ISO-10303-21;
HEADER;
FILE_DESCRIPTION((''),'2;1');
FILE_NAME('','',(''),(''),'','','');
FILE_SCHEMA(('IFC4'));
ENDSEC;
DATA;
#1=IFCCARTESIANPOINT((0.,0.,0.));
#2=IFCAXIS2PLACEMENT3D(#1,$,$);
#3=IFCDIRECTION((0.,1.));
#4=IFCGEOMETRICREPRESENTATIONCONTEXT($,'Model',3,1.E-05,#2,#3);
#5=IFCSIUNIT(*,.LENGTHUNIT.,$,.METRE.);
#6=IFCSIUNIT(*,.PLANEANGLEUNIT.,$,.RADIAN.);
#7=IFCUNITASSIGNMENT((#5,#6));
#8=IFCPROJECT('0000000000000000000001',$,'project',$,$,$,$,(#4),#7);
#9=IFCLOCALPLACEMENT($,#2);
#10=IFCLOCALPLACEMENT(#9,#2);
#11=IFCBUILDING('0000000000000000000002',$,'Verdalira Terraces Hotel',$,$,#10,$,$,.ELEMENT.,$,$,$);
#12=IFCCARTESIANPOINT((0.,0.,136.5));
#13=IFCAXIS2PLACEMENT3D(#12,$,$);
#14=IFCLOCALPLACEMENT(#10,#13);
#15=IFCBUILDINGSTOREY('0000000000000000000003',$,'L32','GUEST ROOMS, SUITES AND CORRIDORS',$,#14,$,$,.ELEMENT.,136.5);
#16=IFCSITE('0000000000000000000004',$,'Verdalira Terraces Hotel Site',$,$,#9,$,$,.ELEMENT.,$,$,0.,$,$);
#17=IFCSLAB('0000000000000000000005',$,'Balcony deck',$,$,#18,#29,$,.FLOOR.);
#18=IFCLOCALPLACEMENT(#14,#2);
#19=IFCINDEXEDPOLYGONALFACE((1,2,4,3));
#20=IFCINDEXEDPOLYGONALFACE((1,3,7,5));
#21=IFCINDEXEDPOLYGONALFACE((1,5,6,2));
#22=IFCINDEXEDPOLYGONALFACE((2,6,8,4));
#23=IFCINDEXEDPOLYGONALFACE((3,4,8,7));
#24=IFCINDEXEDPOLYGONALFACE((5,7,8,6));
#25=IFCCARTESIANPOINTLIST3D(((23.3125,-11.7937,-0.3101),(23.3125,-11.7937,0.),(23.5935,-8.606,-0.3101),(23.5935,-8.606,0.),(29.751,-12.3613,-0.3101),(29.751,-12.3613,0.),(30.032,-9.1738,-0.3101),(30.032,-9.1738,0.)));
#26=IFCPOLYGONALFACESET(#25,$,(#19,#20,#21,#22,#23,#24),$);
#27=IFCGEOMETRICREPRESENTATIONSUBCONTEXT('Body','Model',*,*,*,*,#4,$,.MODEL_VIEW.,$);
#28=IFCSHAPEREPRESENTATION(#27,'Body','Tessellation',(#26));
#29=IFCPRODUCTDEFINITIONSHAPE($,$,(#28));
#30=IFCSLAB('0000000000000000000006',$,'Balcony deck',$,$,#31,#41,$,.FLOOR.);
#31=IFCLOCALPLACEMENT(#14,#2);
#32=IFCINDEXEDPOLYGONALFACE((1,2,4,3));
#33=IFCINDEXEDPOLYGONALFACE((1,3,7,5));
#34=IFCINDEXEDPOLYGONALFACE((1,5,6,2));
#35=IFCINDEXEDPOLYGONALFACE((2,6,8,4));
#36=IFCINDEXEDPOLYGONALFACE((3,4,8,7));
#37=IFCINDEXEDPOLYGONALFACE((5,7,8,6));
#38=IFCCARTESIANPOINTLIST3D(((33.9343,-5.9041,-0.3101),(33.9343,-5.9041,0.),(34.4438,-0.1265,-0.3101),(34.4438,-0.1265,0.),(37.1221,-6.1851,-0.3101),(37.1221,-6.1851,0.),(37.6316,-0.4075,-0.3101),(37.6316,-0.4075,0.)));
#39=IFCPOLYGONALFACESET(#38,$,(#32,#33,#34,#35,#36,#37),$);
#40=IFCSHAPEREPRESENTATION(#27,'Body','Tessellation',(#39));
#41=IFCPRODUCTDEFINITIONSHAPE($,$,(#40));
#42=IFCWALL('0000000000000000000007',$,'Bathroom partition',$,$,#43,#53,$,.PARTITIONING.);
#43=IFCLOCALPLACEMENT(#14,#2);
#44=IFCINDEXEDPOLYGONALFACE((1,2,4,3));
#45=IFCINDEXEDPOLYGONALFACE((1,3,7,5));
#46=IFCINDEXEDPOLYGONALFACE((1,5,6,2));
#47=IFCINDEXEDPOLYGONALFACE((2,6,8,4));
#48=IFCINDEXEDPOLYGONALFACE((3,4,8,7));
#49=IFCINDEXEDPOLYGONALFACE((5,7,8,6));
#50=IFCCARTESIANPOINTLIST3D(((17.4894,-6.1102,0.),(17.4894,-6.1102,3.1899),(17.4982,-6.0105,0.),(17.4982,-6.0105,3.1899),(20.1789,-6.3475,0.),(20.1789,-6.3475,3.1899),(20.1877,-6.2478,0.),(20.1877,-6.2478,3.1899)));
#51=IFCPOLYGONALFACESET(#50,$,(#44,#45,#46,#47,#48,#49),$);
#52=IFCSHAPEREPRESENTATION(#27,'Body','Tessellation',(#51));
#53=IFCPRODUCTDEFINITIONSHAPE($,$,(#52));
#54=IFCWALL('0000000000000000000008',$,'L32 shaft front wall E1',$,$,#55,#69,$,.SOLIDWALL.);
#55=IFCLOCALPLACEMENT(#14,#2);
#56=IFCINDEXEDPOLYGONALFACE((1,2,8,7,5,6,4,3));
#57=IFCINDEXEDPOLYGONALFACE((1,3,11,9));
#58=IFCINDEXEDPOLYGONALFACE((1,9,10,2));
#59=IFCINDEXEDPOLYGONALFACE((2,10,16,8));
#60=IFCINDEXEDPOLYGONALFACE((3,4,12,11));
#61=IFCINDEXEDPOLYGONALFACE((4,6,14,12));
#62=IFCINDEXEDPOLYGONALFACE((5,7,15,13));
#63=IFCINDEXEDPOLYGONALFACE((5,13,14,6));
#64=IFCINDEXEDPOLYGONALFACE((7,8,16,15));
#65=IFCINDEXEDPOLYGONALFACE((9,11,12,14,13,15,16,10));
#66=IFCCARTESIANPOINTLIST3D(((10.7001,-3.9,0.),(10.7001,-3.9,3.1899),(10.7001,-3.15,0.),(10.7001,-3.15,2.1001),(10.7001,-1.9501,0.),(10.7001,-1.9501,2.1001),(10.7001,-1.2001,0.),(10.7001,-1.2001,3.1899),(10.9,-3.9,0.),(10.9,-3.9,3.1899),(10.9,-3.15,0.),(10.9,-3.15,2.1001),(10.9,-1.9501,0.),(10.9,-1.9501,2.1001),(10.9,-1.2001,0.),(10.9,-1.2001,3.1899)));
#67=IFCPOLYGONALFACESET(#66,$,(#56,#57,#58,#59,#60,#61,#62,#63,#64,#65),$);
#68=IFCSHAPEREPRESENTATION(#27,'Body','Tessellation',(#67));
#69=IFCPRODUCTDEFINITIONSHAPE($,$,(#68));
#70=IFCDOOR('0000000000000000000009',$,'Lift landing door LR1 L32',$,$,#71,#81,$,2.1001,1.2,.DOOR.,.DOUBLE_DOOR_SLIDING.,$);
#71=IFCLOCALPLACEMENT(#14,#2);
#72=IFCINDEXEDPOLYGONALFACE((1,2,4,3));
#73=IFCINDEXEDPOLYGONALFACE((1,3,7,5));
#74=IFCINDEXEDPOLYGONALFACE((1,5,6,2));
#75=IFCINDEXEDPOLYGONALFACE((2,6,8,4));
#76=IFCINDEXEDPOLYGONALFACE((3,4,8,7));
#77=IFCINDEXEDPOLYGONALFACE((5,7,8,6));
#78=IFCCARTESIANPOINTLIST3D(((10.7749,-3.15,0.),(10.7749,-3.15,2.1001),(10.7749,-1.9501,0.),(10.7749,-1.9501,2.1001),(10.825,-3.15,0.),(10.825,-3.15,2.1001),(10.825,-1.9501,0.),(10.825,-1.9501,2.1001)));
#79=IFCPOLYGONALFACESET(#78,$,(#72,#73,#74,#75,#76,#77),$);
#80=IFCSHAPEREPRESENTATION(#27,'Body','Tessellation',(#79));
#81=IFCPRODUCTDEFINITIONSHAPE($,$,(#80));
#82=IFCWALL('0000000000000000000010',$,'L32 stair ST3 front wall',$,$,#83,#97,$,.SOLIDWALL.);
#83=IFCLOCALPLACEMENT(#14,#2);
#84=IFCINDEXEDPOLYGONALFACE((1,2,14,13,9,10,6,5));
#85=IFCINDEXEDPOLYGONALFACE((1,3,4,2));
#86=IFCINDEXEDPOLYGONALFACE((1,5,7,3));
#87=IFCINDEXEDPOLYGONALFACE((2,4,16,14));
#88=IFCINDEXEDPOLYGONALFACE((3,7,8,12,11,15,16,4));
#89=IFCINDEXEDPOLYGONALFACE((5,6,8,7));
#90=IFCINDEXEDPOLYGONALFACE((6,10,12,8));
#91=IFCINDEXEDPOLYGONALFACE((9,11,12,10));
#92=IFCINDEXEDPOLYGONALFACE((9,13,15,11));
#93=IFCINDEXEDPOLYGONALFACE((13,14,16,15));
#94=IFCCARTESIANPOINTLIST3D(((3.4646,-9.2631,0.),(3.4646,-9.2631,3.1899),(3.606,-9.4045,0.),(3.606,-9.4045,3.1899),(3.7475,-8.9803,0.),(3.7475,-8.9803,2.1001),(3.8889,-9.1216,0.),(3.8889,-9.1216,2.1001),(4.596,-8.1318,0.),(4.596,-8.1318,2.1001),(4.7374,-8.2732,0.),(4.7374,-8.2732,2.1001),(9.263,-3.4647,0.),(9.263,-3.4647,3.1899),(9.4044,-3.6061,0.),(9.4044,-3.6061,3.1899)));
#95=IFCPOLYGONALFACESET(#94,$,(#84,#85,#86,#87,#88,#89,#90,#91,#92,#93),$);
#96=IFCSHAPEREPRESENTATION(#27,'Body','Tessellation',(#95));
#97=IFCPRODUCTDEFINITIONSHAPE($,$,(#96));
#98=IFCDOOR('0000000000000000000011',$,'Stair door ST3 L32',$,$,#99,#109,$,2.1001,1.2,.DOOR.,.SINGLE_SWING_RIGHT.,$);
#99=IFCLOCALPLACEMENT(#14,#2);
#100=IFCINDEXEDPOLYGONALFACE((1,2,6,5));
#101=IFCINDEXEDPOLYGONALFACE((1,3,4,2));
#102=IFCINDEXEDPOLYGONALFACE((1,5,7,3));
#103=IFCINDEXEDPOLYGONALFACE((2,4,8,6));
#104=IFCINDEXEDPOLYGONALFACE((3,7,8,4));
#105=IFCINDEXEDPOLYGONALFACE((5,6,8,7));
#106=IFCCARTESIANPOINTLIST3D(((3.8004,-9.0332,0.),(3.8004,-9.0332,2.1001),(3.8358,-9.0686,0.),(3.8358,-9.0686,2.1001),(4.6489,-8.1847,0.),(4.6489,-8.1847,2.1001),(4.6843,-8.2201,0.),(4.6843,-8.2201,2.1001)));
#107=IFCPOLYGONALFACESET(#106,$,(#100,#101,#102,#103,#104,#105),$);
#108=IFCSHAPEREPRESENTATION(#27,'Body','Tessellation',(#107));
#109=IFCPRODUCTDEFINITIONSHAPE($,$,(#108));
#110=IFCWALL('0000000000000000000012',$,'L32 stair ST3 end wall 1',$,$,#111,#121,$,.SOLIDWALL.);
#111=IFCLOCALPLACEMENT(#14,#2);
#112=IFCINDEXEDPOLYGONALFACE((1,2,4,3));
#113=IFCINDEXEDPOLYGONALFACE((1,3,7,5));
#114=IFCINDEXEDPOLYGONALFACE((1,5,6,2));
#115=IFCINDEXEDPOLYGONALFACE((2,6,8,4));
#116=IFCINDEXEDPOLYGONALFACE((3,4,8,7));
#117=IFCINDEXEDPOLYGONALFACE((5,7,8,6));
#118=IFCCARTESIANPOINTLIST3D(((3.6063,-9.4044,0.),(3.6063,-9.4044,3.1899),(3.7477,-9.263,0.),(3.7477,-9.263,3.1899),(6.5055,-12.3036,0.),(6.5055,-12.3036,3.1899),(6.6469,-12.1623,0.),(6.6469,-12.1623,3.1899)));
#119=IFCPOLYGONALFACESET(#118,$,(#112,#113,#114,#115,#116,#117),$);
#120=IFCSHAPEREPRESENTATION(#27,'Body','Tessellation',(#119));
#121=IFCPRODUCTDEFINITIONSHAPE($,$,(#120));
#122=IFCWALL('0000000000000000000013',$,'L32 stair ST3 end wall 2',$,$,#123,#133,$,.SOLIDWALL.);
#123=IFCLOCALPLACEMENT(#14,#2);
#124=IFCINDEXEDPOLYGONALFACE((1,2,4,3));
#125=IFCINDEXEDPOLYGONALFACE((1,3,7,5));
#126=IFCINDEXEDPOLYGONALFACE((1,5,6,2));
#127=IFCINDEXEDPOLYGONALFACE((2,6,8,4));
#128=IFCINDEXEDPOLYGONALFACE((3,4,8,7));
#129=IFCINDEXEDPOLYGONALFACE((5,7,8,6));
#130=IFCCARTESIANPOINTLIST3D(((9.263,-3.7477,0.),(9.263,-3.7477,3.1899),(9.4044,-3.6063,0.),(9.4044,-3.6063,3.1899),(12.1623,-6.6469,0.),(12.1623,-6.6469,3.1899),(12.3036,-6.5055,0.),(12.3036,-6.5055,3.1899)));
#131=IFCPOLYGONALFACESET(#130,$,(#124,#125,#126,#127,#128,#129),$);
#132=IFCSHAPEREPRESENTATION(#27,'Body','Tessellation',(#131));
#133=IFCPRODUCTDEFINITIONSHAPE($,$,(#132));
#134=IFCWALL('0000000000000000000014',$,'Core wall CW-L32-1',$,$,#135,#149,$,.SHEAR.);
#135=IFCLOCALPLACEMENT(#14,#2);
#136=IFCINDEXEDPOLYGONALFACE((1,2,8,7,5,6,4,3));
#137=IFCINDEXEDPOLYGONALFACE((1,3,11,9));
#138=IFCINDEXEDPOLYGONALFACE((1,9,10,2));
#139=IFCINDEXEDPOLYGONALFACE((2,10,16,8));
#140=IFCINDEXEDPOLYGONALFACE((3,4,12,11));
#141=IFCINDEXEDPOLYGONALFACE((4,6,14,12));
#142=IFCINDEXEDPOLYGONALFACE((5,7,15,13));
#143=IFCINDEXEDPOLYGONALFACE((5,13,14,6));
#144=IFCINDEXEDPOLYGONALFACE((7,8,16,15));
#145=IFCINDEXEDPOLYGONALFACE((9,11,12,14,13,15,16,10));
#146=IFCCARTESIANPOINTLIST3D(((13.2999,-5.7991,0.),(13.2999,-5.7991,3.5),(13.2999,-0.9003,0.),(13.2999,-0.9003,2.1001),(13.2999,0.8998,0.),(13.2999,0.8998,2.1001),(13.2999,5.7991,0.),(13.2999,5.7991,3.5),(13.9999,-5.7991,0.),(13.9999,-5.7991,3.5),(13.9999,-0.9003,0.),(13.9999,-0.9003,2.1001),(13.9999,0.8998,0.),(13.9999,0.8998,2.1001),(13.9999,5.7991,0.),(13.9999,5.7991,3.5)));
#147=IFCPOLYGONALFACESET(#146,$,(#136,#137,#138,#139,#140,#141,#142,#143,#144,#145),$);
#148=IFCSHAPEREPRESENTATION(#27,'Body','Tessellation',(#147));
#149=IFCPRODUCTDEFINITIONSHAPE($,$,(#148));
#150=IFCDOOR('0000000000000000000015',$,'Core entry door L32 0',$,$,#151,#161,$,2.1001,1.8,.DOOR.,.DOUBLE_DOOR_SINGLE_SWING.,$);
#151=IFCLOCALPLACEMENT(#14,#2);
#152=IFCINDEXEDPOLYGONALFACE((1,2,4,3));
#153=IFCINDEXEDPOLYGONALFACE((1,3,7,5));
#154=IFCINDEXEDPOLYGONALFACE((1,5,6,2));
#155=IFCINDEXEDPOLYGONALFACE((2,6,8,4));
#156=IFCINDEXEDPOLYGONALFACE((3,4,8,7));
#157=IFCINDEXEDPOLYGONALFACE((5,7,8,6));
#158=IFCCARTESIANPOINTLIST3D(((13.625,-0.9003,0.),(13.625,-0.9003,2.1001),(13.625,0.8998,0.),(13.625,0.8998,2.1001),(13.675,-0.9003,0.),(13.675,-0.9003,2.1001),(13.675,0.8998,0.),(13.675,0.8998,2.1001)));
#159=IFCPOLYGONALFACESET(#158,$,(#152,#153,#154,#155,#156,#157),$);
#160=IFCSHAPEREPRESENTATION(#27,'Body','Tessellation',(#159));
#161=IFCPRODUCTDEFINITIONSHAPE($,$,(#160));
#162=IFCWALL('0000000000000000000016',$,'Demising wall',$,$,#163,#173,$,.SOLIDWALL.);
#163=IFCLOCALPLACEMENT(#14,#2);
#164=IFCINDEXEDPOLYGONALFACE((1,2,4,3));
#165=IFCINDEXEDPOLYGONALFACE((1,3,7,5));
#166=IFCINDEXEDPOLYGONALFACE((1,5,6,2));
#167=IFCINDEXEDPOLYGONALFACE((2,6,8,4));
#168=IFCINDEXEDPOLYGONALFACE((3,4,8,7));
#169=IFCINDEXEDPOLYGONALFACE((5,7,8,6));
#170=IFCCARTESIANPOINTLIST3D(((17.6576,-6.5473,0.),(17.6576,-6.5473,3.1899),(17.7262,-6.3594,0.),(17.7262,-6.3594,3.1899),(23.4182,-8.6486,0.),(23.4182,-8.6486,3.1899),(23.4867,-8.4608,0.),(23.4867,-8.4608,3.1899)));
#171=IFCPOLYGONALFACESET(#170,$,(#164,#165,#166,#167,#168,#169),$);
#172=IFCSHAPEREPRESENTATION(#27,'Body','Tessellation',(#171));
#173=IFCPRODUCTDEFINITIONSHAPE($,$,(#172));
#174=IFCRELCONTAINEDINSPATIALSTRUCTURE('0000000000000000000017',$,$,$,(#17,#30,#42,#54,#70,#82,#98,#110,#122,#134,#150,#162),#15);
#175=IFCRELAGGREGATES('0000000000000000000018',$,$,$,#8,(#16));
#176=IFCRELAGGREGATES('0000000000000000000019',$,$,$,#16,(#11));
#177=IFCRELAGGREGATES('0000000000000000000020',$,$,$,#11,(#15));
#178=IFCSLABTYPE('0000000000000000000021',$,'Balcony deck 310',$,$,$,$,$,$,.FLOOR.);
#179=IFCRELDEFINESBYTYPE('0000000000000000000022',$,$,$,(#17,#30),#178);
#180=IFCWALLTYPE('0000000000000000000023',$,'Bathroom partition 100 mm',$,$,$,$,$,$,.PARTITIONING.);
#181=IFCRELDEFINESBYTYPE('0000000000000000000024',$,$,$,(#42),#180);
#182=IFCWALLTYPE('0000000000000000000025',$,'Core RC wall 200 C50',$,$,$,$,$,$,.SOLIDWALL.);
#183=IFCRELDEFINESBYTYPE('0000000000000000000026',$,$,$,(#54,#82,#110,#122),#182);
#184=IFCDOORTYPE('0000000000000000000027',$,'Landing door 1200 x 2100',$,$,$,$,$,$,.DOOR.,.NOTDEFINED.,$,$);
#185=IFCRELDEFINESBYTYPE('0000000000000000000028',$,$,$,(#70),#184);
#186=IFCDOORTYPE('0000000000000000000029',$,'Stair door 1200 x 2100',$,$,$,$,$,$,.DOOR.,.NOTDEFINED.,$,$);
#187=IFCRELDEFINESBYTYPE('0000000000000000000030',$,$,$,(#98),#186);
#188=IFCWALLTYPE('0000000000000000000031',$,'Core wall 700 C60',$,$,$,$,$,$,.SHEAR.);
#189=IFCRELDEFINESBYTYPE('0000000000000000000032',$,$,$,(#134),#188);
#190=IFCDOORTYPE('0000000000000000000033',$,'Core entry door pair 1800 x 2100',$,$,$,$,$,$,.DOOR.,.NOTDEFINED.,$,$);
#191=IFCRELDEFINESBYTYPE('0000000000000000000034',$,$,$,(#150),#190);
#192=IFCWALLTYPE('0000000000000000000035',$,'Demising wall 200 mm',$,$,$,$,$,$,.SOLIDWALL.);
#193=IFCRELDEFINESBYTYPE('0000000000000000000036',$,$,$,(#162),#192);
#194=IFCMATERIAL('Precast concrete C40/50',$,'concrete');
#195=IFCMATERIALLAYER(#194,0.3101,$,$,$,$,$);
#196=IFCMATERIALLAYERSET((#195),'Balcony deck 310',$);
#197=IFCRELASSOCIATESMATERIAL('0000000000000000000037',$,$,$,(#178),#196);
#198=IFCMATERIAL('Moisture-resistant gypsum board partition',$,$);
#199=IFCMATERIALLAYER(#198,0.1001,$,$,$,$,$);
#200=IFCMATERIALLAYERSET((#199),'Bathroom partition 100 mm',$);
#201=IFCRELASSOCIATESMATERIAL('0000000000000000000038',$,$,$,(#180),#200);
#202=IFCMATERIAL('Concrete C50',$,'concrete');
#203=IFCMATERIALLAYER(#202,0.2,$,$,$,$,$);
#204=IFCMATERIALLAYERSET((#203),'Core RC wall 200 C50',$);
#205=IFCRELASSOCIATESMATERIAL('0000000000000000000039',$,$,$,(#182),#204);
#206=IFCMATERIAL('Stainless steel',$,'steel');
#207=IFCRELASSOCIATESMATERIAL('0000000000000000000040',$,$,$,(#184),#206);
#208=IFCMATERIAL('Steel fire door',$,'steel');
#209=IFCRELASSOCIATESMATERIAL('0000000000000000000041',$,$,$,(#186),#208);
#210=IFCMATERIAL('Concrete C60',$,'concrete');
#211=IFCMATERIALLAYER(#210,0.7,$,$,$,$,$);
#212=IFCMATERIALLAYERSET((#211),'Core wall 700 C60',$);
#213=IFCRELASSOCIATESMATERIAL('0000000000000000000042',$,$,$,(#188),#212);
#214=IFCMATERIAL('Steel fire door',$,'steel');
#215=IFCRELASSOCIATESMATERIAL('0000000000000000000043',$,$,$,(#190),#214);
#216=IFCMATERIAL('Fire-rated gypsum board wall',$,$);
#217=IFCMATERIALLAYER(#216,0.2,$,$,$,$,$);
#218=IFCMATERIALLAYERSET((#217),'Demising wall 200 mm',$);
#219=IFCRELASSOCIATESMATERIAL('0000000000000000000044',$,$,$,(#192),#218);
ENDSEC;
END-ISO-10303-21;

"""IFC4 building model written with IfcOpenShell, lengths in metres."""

from ifc_helpers import new_model, si_unit, direction, frame, frame_2d, origin, place, context, subcontext, project, spatial, polyline, rectangle, outline, extrude, material, layer, layer_set, type_object, element, fill, save


model = new_model("IFC4")

# Units and contexts
model_context = context("Model", 3, precision=1e-05, world=origin(), true_north=direction((0.0, 1.0)))
body_context = subcontext(model_context, "Body", "Model", "MODEL_VIEW")
ifc_project = project(units=[si_unit("LENGTHUNIT", "METRE"), si_unit("PLANEANGLEUNIT", "RADIAN")], contexts=[model_context])

# Site, building, storey
site_placement = place(None, origin())
site = spatial("IfcSite", under=ifc_project, at=site_placement, Name="Verdalira Terraces Hotel Site", CompositionType="ELEMENT", RefElevation=0.0)
building_placement = place(site_placement, origin())
building = spatial("IfcBuilding", under=site, at=building_placement, Name="Verdalira Terraces Hotel", CompositionType="ELEMENT")
storey_placement = place(building_placement, frame((0.0, 0.0, 136.5)))
storey = spatial("IfcBuildingStorey", under=building, at=storey_placement, Name="L32", Description="GUEST ROOMS, SUITES AND CORRIDORS", CompositionType="ELEMENT", Elevation=136.5)

# Slabs
ifc_material_1 = material(Name="Precast concrete C40/50", Category="concrete")
ifc_layer_1 = layer(ifc_material_1, 0.3101)
ifc_layer_set_1 = layer_set([ifc_layer_1], Name="Balcony deck 310")
slab_type = type_object("IfcSlabType", Name="Balcony deck 310", PredefinedType="FLOOR", material=ifc_layer_set_1)
slab_1_placement = place(storey_placement, frame((0.0, 0.0, -0.3101)))
element("IfcSlab", 1, at=slab_1_placement, inside=storey, type_object=slab_type, Name="Balcony deck", PredefinedType="FLOOR", context=body_context, shape_type="SweptSolid", body=[
    extrude(outline(polyline([(29.751, -12.3613), (30.032, -9.1738), (23.5935, -8.606), (23.3125, -11.7937), (29.751, -12.3613)])), origin(), (0.0, 0.0, 1.0), 0.3101),
])
slab_2_placement = place(storey_placement, frame((0.0, 0.0, -0.3101)))
element("IfcSlab", 2, at=slab_2_placement, inside=storey, type_object=slab_type, Name="Balcony deck", PredefinedType="FLOOR", context=body_context, shape_type="SweptSolid", body=[
    extrude(outline(polyline([(37.6316, -0.4075), (34.4438, -0.1265), (33.9343, -5.9041), (37.1221, -6.1851), (37.6316, -0.4075)])), origin(), (0.0, 0.0, 1.0), 0.3101),
])

# Wall
ifc_material_2 = material(Name="Moisture-resistant gypsum board partition")
ifc_layer_2 = layer(ifc_material_2, 0.1001)
ifc_layer_set_2 = layer_set([ifc_layer_2], Name="Bathroom partition 100 mm")
wall_type_1 = type_object("IfcWallType", Name="Bathroom partition 100 mm", PredefinedType="PARTITIONING", material=ifc_layer_set_2)
wall_1_placement = place(storey_placement, frame((17.4937, -6.0603, 0.0), z_axis=(0.0, 0.0, 1.0), x_axis=(0.99613, -0.087894, 0.0)))
element("IfcWall", 3, at=wall_1_placement, inside=storey, type_object=wall_type_1, Name="Bathroom partition", PredefinedType="PARTITIONING", context=body_context, shape_type="SweptSolid", body=[
    extrude(rectangle(XDim=2.7, YDim=0.1001, at=frame_2d((1.3501, 0.0))), origin(), (0.0, 0.0, 1.0), 3.1899),
])

# Walls, openings, doors
ifc_material_3 = material(Name="Concrete C50", Category="concrete")
ifc_layer_3 = layer(ifc_material_3, 0.2)
ifc_layer_set_3 = layer_set([ifc_layer_3], Name="Core RC wall 200 C50")
wall_type_2 = type_object("IfcWallType", Name="Core RC wall 200 C50", PredefinedType="SOLIDWALL", material=ifc_layer_set_3)
wall_2_placement = place(storey_placement, frame((10.8, -1.2, 0.0), z_axis=(0.0, 0.0, 1.0), x_axis=(0.0, -1.0, 0.0)))
wall_2 = element("IfcWall", 4, at=wall_2_placement, inside=storey, type_object=wall_type_2, Name="L32 shaft front wall E1", PredefinedType="SOLIDWALL", context=body_context, shape_type="SweptSolid", body=[
    extrude(rectangle(XDim=2.7, YDim=0.2, at=frame_2d((1.3501, 0.0))), origin(), (0.0, 0.0, 1.0), 3.1899),
])
opening_1_placement = place(wall_2_placement, frame((0.75, 0.0, 0.0)))
opening_1 = element("IfcOpeningElement", 5, at=opening_1_placement, cuts=wall_2, PredefinedType="OPENING", context=body_context, shape_type="SweptSolid", body=[
    extrude(rectangle(XDim=1.2, YDim=2.1001, at=frame_2d((0.6001, 1.05))), frame((0.0, 0.1099, 0.0), z_axis=(0.0, -1.0, 0.0), x_axis=(1.0, 0.0, 0.0)), (0.0, 0.0, 1.0), 0.22),
])
ifc_material_4 = material(Name="Stainless steel", Category="steel")
door_type_1 = type_object("IfcDoorType", Name="Landing door 1200 x 2100", OperationType="NOTDEFINED", PredefinedType="DOOR", material=ifc_material_4)
door_1_placement = place(opening_1_placement, origin())
door_1 = element("IfcDoor", 6, at=door_1_placement, inside=storey, type_object=door_type_1, Name="Lift landing door LR1 L32", OperationType="DOUBLE_DOOR_SLIDING", OverallHeight=2.1001, OverallWidth=1.2, PredefinedType="DOOR", context=body_context, shape_type="SweptSolid", body=[
    extrude(rectangle(XDim=1.2, YDim=2.1001, at=frame_2d((0.6001, 1.05))), frame((0.0, 0.0249, 0.0), z_axis=(0.0, -1.0, 0.0), x_axis=(1.0, 0.0, 0.0)), (0.0, 0.0, 1.0), 0.05),
])
fill(opening_1, door_1)
wall_3_placement = place(storey_placement, frame((9.3337, -3.5354, 0.0), z_axis=(0.0, 0.0, 1.0), x_axis=(-0.707107, -0.707107, 0.0)))
wall_3 = element("IfcWall", 7, at=wall_3_placement, inside=storey, type_object=wall_type_2, Name="L32 stair ST3 front wall", PredefinedType="SOLIDWALL", context=body_context, shape_type="SweptSolid", body=[
    extrude(rectangle(XDim=8.2002, YDim=0.2, at=frame_2d((4.1001, 0.0))), origin(), (0.0, 0.0, 1.0), 3.1899),
])
opening_2_placement = place(wall_3_placement, frame((6.6001, 0.0, 0.0)))
opening_2 = element("IfcOpeningElement", 8, at=opening_2_placement, cuts=wall_3, PredefinedType="OPENING", context=body_context, shape_type="SweptSolid", body=[
    extrude(rectangle(XDim=1.2, YDim=2.1001, at=frame_2d((0.6001, 1.05))), frame((0.0, 0.1099, 0.0), z_axis=(0.0, -1.0, 0.0), x_axis=(1.0, 0.0, 0.0)), (0.0, 0.0, 1.0), 0.22),
])
ifc_material_5 = material(Name="Steel fire door", Category="steel")
door_type_2 = type_object("IfcDoorType", Name="Stair door 1200 x 2100", OperationType="NOTDEFINED", PredefinedType="DOOR", material=ifc_material_5)
door_2_placement = place(opening_2_placement, origin())
door_2 = element("IfcDoor", 9, at=door_2_placement, inside=storey, type_object=door_type_2, Name="Stair door ST3 L32", OperationType="SINGLE_SWING_RIGHT", OverallHeight=2.1001, OverallWidth=1.2, PredefinedType="DOOR", context=body_context, shape_type="SweptSolid", body=[
    extrude(rectangle(XDim=1.2, YDim=2.1001, at=frame_2d((0.6001, 1.05))), frame((0.0, 0.0249, 0.0), z_axis=(0.0, -1.0, 0.0), x_axis=(1.0, 0.0, 0.0)), (0.0, 0.0, 1.0), 0.05),
])
fill(opening_2, door_2)

# Walls
for number, where, z_axis, x_axis, name in (
    (10, (3.677, -9.3337, 0.0), (0.0, 0.0, 1.0), (0.707107, -0.707107, 0.0), "L32 stair ST3 end wall 1"),
    (11, (9.3337, -3.677, 0.0), (0.0, 0.0, 1.0), (0.707107, -0.707107, 0.0), "L32 stair ST3 end wall 2"),
):
    element("IfcWall", number, at=place(storey_placement, frame(where, z_axis=z_axis, x_axis=x_axis)), inside=storey, type_object=wall_type_2, Name=name, PredefinedType="SOLIDWALL", context=body_context, shape_type="SweptSolid", body=[
        extrude(rectangle(XDim=4.1001, YDim=0.2, at=frame_2d((2.05, 0.0))), origin(), (0.0, 0.0, 1.0), 3.1899),
    ])

# Wall, opening, door
ifc_material_6 = material(Name="Concrete C60", Category="concrete")
ifc_layer_4 = layer(ifc_material_6, 0.7)
ifc_layer_set_4 = layer_set([ifc_layer_4], Name="Core wall 700 C60")
wall_type_3 = type_object("IfcWallType", Name="Core wall 700 C60", PredefinedType="SHEAR", material=ifc_layer_set_4)
wall_4_placement = place(storey_placement, frame((13.6499, -5.7991, 0.0), z_axis=(0.0, 0.0, 1.0), x_axis=(0.0, 1.0, 0.0)))
wall_4 = element("IfcWall", 12, at=wall_4_placement, inside=storey, type_object=wall_type_3, Name="Core wall CW-L32-1", PredefinedType="SHEAR", context=body_context, shape_type="SweptSolid", body=[
    extrude(rectangle(XDim=11.5981, YDim=0.7, at=frame_2d((5.7991, 0.0))), origin(), (0.0, 0.0, 1.0), 3.5),
])
opening_3_placement = place(wall_4_placement, frame((4.8989, 0.0, 0.0)))
opening_3 = element("IfcOpeningElement", 13, at=opening_3_placement, cuts=wall_4, PredefinedType="OPENING", context=body_context, shape_type="SweptSolid", body=[
    extrude(rectangle(XDim=1.8, YDim=2.1001, at=frame_2d((0.8999, 1.05))), frame((0.0, 0.3599, 0.0), z_axis=(0.0, -1.0, 0.0), x_axis=(1.0, 0.0, 0.0)), (0.0, 0.0, 1.0), 0.72),
])
ifc_material_7 = material(Name="Steel fire door", Category="steel")
door_type_3 = type_object("IfcDoorType", Name="Core entry door pair 1800 x 2100", OperationType="NOTDEFINED", PredefinedType="DOOR", material=ifc_material_7)
door_3_placement = place(opening_3_placement, origin())
door_3 = element("IfcDoor", 14, at=door_3_placement, inside=storey, type_object=door_type_3, Name="Core entry door L32 0", OperationType="DOUBLE_DOOR_SINGLE_SWING", OverallHeight=2.1001, OverallWidth=1.8, PredefinedType="DOOR", context=body_context, shape_type="SweptSolid", body=[
    extrude(rectangle(XDim=1.8, YDim=2.1001, at=frame_2d((0.8999, 1.05))), frame((0.0, 0.0249, 0.0), z_axis=(0.0, -1.0, 0.0), x_axis=(1.0, 0.0, 0.0)), (0.0, 0.0, 1.0), 0.05),
])
fill(opening_3, door_3)

# Wall
ifc_material_8 = material(Name="Fire-rated gypsum board wall")
ifc_layer_5 = layer(ifc_material_8, 0.2)
ifc_layer_set_5 = layer_set([ifc_layer_5], Name="Demising wall 200 mm")
wall_type_4 = type_object("IfcWallType", Name="Demising wall 200 mm", PredefinedType="SOLIDWALL", material=ifc_layer_set_5)
wall_5_placement = place(storey_placement, frame((17.6919, -6.4534, 0.0), z_axis=(0.0, 0.0, 1.0), x_axis=(0.939448, -0.342692, 0.0)))
element("IfcWall", 15, at=wall_5_placement, inside=storey, type_object=wall_type_4, Name="Demising wall", PredefinedType="SOLIDWALL", context=body_context, shape_type="SweptSolid", body=[
    extrude(rectangle(XDim=6.1318, YDim=0.2, at=frame_2d((3.0659, 0.0))), origin(), (0.0, 0.0, 1.0), 3.1899),
])

save(model, "model.ifc")
